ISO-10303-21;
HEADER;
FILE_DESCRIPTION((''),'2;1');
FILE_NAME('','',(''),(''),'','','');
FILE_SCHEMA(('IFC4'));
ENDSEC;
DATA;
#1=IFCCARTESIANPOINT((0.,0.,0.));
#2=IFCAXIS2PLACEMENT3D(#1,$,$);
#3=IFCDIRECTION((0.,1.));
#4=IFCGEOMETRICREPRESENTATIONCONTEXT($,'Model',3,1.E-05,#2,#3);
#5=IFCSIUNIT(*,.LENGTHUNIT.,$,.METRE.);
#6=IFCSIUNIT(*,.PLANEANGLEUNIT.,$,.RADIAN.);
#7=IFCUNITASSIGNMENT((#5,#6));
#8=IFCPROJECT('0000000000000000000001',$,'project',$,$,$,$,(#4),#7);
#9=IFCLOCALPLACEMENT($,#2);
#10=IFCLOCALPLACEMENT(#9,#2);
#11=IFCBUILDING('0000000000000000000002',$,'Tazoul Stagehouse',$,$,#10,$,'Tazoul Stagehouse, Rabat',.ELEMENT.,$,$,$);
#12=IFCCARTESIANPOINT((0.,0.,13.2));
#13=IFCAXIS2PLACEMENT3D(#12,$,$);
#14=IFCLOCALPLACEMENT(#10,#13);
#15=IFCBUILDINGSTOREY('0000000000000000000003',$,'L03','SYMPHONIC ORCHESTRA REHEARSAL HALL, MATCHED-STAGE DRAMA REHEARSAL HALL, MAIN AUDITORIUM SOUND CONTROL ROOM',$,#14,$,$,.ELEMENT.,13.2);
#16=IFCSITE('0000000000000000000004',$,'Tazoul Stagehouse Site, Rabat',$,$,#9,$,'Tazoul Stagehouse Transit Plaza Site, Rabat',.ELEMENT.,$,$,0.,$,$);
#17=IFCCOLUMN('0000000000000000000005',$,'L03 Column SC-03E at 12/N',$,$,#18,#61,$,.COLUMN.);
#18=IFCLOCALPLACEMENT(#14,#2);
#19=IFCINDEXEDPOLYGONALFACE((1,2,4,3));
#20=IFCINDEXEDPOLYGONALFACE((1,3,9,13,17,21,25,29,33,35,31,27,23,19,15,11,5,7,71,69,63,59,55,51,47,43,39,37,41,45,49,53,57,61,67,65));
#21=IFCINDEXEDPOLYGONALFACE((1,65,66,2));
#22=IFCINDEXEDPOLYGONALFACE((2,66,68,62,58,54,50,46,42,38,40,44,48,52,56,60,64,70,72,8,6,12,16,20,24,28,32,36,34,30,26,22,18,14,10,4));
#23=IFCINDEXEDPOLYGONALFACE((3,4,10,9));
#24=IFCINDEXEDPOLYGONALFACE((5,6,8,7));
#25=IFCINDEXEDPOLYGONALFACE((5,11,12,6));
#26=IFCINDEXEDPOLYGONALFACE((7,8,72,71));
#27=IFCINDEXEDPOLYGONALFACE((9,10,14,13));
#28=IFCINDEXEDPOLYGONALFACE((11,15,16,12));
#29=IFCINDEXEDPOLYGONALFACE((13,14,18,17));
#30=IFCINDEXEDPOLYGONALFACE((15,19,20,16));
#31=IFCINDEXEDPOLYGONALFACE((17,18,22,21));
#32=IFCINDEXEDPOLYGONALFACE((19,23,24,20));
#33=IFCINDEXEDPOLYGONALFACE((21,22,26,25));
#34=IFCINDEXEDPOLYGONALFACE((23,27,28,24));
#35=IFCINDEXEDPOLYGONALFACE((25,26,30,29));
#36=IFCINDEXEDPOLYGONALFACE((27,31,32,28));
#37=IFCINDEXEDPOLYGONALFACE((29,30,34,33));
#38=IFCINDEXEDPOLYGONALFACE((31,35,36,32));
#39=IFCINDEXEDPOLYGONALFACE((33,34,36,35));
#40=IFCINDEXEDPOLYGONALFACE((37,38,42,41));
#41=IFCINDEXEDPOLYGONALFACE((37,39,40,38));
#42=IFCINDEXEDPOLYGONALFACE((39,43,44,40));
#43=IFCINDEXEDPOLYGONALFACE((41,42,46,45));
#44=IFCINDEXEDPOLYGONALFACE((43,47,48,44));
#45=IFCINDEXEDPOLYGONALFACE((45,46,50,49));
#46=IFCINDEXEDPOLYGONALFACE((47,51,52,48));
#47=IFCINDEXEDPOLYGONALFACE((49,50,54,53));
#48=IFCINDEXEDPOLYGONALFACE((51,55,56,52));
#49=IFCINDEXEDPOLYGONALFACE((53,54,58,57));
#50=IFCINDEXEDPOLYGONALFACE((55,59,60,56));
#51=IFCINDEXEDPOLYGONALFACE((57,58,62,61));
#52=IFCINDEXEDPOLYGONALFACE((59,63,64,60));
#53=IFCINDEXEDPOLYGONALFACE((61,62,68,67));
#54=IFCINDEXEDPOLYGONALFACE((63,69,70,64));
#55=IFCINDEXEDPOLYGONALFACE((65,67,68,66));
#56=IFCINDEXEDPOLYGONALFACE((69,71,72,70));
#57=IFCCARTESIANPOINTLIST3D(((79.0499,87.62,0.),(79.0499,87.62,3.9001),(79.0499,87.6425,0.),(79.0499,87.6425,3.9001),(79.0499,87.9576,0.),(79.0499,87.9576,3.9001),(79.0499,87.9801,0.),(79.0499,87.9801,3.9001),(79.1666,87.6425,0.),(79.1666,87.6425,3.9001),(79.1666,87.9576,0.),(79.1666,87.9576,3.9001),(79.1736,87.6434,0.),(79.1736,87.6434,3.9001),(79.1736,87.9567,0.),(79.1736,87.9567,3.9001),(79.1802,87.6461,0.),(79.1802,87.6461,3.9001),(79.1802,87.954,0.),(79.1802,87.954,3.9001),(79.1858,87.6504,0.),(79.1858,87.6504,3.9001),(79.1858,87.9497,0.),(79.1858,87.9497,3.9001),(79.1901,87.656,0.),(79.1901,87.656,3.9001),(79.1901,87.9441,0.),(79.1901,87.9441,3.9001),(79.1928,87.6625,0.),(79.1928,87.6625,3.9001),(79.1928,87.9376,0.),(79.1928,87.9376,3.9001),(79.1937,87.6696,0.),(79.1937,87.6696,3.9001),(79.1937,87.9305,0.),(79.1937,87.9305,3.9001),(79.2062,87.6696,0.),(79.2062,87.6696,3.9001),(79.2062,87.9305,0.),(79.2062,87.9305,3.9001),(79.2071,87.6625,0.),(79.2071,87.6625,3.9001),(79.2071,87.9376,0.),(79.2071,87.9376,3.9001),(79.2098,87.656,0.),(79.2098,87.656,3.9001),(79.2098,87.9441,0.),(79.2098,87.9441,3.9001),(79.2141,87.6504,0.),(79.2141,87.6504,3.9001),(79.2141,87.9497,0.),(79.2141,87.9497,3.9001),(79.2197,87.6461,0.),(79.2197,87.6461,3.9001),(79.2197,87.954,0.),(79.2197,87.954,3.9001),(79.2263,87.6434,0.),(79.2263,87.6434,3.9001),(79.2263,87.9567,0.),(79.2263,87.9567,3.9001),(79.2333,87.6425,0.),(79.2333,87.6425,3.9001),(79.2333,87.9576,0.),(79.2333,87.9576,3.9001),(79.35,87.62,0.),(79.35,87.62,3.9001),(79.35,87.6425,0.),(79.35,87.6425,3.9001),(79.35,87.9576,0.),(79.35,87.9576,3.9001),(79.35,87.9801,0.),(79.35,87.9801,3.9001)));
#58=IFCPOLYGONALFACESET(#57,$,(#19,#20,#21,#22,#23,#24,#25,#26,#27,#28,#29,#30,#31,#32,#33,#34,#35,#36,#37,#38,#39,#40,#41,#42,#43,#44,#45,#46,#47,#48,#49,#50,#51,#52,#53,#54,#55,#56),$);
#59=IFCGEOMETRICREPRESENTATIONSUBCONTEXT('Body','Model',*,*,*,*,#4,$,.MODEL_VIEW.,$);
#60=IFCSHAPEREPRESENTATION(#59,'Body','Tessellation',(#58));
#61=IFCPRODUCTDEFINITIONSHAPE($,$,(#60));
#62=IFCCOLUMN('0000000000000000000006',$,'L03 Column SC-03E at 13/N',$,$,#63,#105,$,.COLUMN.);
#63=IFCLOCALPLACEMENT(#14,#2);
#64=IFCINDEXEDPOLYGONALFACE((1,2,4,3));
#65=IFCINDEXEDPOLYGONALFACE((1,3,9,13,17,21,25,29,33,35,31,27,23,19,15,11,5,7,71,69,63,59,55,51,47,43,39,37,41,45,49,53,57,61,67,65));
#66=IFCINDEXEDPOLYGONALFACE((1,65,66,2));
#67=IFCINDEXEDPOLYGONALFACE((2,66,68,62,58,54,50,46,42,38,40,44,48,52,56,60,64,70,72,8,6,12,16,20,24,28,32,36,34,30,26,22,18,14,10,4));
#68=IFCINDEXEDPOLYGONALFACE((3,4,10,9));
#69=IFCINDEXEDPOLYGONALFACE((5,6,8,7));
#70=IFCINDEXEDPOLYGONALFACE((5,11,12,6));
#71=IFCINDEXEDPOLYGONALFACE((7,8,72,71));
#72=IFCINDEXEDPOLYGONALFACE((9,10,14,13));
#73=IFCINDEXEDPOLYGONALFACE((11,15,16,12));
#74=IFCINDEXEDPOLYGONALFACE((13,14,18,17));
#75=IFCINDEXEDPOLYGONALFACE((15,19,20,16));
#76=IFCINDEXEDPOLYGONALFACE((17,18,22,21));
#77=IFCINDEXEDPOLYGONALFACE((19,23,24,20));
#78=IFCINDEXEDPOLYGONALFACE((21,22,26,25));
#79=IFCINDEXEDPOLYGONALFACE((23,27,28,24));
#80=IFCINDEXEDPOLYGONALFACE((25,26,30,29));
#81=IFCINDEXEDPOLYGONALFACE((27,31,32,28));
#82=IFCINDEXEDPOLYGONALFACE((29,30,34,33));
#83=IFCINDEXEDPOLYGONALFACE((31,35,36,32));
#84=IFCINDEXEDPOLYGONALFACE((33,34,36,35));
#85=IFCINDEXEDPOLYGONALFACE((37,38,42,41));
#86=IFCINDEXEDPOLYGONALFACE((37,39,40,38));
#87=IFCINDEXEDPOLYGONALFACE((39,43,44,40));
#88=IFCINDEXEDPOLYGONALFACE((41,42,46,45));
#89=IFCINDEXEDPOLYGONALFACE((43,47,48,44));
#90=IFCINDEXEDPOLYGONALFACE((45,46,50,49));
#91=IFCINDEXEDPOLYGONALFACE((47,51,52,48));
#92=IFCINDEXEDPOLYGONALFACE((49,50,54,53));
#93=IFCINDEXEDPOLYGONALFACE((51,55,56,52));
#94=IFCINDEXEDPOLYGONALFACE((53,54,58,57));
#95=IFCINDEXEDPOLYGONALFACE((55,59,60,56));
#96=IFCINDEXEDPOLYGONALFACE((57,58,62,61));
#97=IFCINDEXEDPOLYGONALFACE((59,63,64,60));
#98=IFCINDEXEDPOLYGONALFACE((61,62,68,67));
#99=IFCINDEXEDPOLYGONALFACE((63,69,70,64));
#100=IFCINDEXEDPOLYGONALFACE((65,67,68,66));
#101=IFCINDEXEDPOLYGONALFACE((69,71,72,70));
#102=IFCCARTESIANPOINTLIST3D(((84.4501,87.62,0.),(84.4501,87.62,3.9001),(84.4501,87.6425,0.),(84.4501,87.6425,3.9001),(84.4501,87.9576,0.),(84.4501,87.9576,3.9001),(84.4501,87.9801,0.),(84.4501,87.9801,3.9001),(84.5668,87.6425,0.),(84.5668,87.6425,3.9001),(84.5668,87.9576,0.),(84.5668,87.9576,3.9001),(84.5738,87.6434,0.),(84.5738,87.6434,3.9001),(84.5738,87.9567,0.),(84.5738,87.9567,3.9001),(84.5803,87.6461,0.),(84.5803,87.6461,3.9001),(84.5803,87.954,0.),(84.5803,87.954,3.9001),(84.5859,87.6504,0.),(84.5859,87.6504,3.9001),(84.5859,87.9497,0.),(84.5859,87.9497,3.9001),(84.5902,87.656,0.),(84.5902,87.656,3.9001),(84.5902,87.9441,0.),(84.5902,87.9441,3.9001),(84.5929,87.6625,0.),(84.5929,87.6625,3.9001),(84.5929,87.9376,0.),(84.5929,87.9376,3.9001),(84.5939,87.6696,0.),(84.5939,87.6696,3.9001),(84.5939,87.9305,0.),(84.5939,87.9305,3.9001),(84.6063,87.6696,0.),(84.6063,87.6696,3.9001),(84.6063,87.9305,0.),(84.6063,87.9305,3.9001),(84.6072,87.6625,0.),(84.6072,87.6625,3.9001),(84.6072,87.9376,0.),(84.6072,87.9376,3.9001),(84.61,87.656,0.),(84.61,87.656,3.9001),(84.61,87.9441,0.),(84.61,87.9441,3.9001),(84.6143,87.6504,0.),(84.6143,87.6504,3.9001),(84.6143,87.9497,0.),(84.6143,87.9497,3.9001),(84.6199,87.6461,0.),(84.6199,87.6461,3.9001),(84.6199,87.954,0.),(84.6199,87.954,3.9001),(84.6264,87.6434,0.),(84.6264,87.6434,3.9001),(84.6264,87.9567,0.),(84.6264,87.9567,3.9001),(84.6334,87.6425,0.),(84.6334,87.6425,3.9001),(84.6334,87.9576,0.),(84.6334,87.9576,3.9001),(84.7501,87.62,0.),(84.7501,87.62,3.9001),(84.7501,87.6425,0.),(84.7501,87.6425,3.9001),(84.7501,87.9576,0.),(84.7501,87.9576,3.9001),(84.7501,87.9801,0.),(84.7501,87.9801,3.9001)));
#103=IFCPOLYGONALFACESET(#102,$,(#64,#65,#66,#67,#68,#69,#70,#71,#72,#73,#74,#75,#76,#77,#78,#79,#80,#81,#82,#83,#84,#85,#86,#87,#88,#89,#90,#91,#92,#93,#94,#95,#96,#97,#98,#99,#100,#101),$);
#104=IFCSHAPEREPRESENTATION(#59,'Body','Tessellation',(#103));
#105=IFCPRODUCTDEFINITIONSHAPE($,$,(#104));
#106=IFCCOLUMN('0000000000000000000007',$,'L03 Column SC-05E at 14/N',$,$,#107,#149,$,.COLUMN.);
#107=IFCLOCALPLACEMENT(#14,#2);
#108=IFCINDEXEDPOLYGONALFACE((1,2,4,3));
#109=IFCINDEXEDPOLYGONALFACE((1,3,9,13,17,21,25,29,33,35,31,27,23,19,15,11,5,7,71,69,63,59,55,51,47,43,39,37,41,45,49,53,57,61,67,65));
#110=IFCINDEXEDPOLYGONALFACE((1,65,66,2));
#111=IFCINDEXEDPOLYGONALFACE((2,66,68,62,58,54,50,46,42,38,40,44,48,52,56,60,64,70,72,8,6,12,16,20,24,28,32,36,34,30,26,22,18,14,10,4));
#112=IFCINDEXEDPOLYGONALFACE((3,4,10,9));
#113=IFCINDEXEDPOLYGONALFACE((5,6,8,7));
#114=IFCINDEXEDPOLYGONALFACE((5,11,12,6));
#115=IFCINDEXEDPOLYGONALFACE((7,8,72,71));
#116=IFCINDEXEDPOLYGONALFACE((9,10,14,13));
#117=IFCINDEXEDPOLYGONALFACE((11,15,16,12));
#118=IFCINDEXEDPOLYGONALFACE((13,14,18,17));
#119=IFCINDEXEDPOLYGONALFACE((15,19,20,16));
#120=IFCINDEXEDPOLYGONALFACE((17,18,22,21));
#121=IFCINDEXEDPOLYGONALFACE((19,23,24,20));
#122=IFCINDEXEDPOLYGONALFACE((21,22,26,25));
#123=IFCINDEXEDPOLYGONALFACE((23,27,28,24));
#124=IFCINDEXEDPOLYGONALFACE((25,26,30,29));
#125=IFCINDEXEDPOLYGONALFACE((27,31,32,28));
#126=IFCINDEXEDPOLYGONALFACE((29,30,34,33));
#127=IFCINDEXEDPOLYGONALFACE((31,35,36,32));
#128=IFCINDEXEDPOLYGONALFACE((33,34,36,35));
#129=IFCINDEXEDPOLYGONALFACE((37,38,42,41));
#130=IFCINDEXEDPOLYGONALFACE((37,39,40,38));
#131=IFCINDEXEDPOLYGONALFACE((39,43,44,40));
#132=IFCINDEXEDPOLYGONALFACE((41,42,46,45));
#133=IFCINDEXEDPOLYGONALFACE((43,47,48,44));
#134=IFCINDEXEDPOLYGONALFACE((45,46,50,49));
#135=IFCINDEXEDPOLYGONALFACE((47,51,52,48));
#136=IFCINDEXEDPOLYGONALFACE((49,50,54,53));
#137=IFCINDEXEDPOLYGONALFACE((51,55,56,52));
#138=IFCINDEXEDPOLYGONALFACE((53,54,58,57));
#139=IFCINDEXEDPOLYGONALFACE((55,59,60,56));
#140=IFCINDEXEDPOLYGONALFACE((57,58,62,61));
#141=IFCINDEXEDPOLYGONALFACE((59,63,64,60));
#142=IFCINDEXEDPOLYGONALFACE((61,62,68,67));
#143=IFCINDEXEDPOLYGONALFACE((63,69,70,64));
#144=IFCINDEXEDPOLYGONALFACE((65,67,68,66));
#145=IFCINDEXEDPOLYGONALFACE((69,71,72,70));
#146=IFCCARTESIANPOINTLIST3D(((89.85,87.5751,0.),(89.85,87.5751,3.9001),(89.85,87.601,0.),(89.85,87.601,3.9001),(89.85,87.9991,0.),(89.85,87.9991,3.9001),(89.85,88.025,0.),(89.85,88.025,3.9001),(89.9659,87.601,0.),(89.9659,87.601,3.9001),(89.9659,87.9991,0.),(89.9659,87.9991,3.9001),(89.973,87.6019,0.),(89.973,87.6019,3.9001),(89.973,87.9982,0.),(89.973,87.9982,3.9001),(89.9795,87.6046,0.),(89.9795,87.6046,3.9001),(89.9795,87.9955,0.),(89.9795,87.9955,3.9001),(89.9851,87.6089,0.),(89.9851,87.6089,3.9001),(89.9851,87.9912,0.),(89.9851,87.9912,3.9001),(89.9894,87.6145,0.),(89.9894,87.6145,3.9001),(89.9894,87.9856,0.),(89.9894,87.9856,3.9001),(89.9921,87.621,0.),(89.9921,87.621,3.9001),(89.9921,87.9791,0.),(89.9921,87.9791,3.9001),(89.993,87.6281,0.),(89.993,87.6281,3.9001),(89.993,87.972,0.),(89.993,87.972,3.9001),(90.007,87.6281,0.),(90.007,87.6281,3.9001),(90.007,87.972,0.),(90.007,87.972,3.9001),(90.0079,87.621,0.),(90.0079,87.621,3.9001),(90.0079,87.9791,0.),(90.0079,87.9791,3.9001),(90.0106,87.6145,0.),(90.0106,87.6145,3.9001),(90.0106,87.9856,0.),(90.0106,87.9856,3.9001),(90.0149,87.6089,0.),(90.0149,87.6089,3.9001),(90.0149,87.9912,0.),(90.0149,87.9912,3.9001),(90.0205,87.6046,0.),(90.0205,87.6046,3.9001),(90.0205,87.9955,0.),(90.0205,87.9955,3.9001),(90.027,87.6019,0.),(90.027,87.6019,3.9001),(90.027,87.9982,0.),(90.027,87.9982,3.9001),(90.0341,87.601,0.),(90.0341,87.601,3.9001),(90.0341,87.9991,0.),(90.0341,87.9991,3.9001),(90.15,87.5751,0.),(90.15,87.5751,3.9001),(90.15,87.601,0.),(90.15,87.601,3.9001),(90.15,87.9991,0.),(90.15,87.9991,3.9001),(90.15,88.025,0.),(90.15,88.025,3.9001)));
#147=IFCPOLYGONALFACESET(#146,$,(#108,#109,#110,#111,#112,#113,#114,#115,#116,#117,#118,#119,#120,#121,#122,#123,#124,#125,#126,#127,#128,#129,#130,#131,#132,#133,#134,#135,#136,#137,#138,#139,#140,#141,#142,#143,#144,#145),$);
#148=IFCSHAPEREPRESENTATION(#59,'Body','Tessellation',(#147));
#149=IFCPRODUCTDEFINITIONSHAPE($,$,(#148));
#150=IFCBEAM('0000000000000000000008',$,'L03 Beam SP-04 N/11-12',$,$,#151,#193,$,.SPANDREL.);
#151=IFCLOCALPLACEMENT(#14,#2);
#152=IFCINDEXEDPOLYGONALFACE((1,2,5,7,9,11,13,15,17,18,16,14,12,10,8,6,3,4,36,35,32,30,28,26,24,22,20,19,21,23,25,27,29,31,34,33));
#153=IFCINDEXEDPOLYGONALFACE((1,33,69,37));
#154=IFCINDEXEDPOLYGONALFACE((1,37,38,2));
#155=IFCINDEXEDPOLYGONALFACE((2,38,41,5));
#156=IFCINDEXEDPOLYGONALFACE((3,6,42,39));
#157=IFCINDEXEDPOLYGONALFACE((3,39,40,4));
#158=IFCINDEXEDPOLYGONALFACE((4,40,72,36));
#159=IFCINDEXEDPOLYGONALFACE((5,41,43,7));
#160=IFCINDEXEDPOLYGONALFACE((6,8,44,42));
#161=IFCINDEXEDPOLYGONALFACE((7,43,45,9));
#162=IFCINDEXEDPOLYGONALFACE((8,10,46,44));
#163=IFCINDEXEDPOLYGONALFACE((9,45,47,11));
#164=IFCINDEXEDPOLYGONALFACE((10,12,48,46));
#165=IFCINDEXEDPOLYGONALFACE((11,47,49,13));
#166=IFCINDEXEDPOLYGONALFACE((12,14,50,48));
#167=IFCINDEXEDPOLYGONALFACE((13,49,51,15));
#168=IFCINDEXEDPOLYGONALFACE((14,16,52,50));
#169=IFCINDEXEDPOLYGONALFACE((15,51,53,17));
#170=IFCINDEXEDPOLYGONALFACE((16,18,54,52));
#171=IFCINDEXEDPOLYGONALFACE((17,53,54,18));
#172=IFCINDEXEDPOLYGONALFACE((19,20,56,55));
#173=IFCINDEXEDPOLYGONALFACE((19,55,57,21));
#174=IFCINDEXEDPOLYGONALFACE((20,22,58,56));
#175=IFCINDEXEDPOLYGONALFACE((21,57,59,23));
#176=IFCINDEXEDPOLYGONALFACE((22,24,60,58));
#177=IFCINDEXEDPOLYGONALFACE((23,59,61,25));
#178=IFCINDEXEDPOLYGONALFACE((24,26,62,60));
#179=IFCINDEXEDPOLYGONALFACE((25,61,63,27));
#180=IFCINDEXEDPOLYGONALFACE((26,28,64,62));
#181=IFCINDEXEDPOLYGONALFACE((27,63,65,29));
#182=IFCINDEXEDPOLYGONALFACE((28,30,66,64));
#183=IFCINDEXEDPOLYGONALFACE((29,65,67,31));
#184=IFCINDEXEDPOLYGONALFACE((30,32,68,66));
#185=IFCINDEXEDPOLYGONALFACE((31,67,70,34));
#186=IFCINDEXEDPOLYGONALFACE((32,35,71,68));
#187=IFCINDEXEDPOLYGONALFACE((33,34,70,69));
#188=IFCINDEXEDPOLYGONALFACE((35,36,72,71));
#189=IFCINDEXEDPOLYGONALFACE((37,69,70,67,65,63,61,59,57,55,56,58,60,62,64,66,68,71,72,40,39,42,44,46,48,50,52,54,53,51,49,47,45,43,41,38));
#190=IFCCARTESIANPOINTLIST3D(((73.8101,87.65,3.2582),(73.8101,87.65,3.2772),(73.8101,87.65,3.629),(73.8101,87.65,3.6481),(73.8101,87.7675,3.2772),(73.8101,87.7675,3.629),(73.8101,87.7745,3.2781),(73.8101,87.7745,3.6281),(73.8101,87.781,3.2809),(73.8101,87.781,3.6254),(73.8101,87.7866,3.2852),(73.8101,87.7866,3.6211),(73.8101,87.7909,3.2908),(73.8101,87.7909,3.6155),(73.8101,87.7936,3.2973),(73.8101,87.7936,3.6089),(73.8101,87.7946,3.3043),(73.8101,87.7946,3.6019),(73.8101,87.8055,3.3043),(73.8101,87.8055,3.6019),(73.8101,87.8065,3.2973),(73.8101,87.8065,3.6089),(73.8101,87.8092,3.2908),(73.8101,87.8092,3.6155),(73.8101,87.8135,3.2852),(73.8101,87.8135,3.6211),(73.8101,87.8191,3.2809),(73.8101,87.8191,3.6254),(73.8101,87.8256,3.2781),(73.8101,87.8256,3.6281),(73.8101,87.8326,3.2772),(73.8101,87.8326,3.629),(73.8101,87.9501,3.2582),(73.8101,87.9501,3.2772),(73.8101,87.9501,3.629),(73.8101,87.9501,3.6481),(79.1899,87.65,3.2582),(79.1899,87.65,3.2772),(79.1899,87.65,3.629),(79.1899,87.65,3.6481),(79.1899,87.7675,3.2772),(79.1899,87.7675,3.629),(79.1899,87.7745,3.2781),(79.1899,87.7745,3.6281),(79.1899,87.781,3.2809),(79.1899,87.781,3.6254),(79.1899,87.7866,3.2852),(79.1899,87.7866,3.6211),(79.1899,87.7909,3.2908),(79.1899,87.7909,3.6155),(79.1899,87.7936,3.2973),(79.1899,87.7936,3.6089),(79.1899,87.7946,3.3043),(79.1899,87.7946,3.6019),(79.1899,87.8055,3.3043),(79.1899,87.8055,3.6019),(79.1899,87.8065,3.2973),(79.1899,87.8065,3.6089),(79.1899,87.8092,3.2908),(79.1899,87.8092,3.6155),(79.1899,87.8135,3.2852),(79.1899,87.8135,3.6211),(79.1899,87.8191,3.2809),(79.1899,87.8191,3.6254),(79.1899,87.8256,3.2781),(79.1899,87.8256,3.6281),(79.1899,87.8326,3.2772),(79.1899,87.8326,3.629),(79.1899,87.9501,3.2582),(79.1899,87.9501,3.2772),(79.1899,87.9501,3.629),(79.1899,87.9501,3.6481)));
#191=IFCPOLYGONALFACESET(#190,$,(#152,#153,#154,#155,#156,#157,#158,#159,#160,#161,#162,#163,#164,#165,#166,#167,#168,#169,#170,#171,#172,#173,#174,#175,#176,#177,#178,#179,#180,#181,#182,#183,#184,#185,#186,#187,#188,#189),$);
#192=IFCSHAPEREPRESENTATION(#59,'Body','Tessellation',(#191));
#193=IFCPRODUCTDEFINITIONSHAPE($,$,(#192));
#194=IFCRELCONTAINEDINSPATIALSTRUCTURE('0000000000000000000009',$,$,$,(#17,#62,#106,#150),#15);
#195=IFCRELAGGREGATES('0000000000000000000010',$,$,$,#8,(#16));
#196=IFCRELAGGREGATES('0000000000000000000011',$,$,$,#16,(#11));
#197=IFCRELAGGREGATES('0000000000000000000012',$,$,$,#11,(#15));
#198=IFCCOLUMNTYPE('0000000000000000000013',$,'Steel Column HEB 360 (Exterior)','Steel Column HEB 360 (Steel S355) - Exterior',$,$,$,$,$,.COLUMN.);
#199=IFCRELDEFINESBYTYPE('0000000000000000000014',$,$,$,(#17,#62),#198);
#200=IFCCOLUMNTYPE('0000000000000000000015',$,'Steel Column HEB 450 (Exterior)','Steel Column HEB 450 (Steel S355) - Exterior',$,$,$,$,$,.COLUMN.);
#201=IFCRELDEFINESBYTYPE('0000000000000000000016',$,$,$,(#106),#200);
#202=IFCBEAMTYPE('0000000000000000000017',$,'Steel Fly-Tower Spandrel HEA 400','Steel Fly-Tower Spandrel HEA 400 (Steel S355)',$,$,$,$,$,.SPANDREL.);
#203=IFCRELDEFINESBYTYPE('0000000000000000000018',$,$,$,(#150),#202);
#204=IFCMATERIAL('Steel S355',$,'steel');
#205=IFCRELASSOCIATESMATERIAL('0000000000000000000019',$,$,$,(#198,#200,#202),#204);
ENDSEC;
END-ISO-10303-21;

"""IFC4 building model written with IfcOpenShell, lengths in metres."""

from ifc_helpers import new_model, si_unit, direction, frame, origin, origin_2d, place, context, subcontext, project, spatial, i_section, extrude, material, material_profile, profile_set, type_object, element, save


model = new_model("IFC4")

# Units and contexts
model_context = context("Model", 3, precision=1e-05, world=origin(), true_north=direction((0.0, 1.0)))
body_context = subcontext(model_context, "Body", "Model", "MODEL_VIEW")
ifc_project = project(units=[si_unit("LENGTHUNIT", "METRE"), si_unit("PLANEANGLEUNIT", "RADIAN")], contexts=[model_context])

# Site, building, storey
site_placement = place(None, origin())
site = spatial("IfcSite", under=ifc_project, at=site_placement, Name="Tazoul Stagehouse Site, Rabat", LongName="Tazoul Stagehouse Transit Plaza Site, Rabat", CompositionType="ELEMENT", RefElevation=0.0)
building_placement = place(site_placement, origin())
building = spatial("IfcBuilding", under=site, at=building_placement, Name="Tazoul Stagehouse", LongName="Tazoul Stagehouse, Rabat", CompositionType="ELEMENT")
storey_placement = place(building_placement, frame((0.0, 0.0, 13.2)))
storey = spatial("IfcBuildingStorey", under=building, at=storey_placement, Name="L03", Description="SYMPHONIC ORCHESTRA REHEARSAL HALL, MATCHED-STAGE DRAMA REHEARSAL HALL, MAIN AUDITORIUM SOUND CONTROL ROOM", CompositionType="ELEMENT", Elevation=13.2)

# Columns
ifc_material_1 = material(Name="Steel S355", Category="steel")
ifc_material_profile_1 = material_profile(ifc_material_1, i_section(OverallWidth=0.3, OverallDepth=0.3601, WebThickness=0.0125, FlangeThickness=0.0225, FilletRadius=0.0271, at=origin_2d()), Name="HEB 360")
ifc_profile_set_1 = profile_set([ifc_material_profile_1], Name="Steel S355")
column_type_1 = type_object("IfcColumnType", Name="Steel Column HEB 360 (Exterior)", Description="Steel Column HEB 360 (Steel S355) - Exterior", PredefinedType="COLUMN", material=ifc_profile_set_1)
for number, where, z_axis, x_axis, name in (
    (1, (79.2, 87.8, 0.0), (0.0, 0.0, 1.0), (1.0, 0.0, 0.0), "L03 Column SC-03E at 12/N"),
    (2, (84.6001, 87.8, 0.0), (0.0, 0.0, 1.0), (1.0, 0.0, 0.0), "L03 Column SC-03E at 13/N"),
):
    element("IfcColumn", number, at=place(storey_placement, frame(where, z_axis=z_axis, x_axis=x_axis)), inside=storey, type_object=column_type_1, Name=name, PredefinedType="COLUMN", context=body_context, shape_type="SweptSolid", body=[
        extrude(i_section(OverallWidth=0.3, OverallDepth=0.3601, WebThickness=0.0125, FlangeThickness=0.0225, FilletRadius=0.0271, at=origin_2d()), origin(), (0.0, 0.0, 1.0), 3.9001),
    ])
ifc_material_profile_2 = material_profile(ifc_material_1, i_section(OverallWidth=0.3, OverallDepth=0.45, WebThickness=0.0139, FlangeThickness=0.0259, FilletRadius=0.0271, at=origin_2d()), Name="HEB 450")
ifc_profile_set_2 = profile_set([ifc_material_profile_2], Name="Steel S355")
column_type_2 = type_object("IfcColumnType", Name="Steel Column HEB 450 (Exterior)", Description="Steel Column HEB 450 (Steel S355) - Exterior", PredefinedType="COLUMN", material=ifc_profile_set_2)
column_placement = place(storey_placement, frame((90.0, 87.8, 0.0), z_axis=(0.0, 0.0, 1.0), x_axis=(1.0, 0.0, 0.0)))
element("IfcColumn", 3, at=column_placement, inside=storey, type_object=column_type_2, Name="L03 Column SC-05E at 14/N", PredefinedType="COLUMN", context=body_context, shape_type="SweptSolid", body=[
    extrude(i_section(OverallWidth=0.3, OverallDepth=0.45, WebThickness=0.0139, FlangeThickness=0.0259, FilletRadius=0.0271, at=origin_2d()), origin(), (0.0, 0.0, 1.0), 3.9001),
])

# Beam
ifc_material_profile_3 = material_profile(ifc_material_1, i_section(OverallWidth=0.3, OverallDepth=0.3899, WebThickness=0.011, FlangeThickness=0.019, FilletRadius=0.0271, at=origin_2d()), Name="HEA 400")
ifc_profile_set_3 = profile_set([ifc_material_profile_3], Name="Steel S355")
beam_type = type_object("IfcBeamType", Name="Steel Fly-Tower Spandrel HEA 400", Description="Steel Fly-Tower Spandrel HEA 400 (Steel S355)", PredefinedType="SPANDREL", material=ifc_profile_set_3)
beam_1_placement = place(storey_placement, frame((73.8101, 87.8, 3.4531), z_axis=(1.0, 0.0, 0.0), x_axis=(0.0, 1.0, 0.0)))
element("IfcBeam", 4, at=beam_1_placement, inside=storey, type_object=beam_type, Name="L03 Beam SP-04 N/11-12", PredefinedType="SPANDREL", context=body_context, shape_type="SweptSolid", body=[
    extrude(i_section(OverallWidth=0.3, OverallDepth=0.3899, WebThickness=0.011, FlangeThickness=0.019, FilletRadius=0.0271, at=origin_2d()), origin(), (0.0, 0.0, 1.0), 5.3799),
])

save(model, "model.ifc")
